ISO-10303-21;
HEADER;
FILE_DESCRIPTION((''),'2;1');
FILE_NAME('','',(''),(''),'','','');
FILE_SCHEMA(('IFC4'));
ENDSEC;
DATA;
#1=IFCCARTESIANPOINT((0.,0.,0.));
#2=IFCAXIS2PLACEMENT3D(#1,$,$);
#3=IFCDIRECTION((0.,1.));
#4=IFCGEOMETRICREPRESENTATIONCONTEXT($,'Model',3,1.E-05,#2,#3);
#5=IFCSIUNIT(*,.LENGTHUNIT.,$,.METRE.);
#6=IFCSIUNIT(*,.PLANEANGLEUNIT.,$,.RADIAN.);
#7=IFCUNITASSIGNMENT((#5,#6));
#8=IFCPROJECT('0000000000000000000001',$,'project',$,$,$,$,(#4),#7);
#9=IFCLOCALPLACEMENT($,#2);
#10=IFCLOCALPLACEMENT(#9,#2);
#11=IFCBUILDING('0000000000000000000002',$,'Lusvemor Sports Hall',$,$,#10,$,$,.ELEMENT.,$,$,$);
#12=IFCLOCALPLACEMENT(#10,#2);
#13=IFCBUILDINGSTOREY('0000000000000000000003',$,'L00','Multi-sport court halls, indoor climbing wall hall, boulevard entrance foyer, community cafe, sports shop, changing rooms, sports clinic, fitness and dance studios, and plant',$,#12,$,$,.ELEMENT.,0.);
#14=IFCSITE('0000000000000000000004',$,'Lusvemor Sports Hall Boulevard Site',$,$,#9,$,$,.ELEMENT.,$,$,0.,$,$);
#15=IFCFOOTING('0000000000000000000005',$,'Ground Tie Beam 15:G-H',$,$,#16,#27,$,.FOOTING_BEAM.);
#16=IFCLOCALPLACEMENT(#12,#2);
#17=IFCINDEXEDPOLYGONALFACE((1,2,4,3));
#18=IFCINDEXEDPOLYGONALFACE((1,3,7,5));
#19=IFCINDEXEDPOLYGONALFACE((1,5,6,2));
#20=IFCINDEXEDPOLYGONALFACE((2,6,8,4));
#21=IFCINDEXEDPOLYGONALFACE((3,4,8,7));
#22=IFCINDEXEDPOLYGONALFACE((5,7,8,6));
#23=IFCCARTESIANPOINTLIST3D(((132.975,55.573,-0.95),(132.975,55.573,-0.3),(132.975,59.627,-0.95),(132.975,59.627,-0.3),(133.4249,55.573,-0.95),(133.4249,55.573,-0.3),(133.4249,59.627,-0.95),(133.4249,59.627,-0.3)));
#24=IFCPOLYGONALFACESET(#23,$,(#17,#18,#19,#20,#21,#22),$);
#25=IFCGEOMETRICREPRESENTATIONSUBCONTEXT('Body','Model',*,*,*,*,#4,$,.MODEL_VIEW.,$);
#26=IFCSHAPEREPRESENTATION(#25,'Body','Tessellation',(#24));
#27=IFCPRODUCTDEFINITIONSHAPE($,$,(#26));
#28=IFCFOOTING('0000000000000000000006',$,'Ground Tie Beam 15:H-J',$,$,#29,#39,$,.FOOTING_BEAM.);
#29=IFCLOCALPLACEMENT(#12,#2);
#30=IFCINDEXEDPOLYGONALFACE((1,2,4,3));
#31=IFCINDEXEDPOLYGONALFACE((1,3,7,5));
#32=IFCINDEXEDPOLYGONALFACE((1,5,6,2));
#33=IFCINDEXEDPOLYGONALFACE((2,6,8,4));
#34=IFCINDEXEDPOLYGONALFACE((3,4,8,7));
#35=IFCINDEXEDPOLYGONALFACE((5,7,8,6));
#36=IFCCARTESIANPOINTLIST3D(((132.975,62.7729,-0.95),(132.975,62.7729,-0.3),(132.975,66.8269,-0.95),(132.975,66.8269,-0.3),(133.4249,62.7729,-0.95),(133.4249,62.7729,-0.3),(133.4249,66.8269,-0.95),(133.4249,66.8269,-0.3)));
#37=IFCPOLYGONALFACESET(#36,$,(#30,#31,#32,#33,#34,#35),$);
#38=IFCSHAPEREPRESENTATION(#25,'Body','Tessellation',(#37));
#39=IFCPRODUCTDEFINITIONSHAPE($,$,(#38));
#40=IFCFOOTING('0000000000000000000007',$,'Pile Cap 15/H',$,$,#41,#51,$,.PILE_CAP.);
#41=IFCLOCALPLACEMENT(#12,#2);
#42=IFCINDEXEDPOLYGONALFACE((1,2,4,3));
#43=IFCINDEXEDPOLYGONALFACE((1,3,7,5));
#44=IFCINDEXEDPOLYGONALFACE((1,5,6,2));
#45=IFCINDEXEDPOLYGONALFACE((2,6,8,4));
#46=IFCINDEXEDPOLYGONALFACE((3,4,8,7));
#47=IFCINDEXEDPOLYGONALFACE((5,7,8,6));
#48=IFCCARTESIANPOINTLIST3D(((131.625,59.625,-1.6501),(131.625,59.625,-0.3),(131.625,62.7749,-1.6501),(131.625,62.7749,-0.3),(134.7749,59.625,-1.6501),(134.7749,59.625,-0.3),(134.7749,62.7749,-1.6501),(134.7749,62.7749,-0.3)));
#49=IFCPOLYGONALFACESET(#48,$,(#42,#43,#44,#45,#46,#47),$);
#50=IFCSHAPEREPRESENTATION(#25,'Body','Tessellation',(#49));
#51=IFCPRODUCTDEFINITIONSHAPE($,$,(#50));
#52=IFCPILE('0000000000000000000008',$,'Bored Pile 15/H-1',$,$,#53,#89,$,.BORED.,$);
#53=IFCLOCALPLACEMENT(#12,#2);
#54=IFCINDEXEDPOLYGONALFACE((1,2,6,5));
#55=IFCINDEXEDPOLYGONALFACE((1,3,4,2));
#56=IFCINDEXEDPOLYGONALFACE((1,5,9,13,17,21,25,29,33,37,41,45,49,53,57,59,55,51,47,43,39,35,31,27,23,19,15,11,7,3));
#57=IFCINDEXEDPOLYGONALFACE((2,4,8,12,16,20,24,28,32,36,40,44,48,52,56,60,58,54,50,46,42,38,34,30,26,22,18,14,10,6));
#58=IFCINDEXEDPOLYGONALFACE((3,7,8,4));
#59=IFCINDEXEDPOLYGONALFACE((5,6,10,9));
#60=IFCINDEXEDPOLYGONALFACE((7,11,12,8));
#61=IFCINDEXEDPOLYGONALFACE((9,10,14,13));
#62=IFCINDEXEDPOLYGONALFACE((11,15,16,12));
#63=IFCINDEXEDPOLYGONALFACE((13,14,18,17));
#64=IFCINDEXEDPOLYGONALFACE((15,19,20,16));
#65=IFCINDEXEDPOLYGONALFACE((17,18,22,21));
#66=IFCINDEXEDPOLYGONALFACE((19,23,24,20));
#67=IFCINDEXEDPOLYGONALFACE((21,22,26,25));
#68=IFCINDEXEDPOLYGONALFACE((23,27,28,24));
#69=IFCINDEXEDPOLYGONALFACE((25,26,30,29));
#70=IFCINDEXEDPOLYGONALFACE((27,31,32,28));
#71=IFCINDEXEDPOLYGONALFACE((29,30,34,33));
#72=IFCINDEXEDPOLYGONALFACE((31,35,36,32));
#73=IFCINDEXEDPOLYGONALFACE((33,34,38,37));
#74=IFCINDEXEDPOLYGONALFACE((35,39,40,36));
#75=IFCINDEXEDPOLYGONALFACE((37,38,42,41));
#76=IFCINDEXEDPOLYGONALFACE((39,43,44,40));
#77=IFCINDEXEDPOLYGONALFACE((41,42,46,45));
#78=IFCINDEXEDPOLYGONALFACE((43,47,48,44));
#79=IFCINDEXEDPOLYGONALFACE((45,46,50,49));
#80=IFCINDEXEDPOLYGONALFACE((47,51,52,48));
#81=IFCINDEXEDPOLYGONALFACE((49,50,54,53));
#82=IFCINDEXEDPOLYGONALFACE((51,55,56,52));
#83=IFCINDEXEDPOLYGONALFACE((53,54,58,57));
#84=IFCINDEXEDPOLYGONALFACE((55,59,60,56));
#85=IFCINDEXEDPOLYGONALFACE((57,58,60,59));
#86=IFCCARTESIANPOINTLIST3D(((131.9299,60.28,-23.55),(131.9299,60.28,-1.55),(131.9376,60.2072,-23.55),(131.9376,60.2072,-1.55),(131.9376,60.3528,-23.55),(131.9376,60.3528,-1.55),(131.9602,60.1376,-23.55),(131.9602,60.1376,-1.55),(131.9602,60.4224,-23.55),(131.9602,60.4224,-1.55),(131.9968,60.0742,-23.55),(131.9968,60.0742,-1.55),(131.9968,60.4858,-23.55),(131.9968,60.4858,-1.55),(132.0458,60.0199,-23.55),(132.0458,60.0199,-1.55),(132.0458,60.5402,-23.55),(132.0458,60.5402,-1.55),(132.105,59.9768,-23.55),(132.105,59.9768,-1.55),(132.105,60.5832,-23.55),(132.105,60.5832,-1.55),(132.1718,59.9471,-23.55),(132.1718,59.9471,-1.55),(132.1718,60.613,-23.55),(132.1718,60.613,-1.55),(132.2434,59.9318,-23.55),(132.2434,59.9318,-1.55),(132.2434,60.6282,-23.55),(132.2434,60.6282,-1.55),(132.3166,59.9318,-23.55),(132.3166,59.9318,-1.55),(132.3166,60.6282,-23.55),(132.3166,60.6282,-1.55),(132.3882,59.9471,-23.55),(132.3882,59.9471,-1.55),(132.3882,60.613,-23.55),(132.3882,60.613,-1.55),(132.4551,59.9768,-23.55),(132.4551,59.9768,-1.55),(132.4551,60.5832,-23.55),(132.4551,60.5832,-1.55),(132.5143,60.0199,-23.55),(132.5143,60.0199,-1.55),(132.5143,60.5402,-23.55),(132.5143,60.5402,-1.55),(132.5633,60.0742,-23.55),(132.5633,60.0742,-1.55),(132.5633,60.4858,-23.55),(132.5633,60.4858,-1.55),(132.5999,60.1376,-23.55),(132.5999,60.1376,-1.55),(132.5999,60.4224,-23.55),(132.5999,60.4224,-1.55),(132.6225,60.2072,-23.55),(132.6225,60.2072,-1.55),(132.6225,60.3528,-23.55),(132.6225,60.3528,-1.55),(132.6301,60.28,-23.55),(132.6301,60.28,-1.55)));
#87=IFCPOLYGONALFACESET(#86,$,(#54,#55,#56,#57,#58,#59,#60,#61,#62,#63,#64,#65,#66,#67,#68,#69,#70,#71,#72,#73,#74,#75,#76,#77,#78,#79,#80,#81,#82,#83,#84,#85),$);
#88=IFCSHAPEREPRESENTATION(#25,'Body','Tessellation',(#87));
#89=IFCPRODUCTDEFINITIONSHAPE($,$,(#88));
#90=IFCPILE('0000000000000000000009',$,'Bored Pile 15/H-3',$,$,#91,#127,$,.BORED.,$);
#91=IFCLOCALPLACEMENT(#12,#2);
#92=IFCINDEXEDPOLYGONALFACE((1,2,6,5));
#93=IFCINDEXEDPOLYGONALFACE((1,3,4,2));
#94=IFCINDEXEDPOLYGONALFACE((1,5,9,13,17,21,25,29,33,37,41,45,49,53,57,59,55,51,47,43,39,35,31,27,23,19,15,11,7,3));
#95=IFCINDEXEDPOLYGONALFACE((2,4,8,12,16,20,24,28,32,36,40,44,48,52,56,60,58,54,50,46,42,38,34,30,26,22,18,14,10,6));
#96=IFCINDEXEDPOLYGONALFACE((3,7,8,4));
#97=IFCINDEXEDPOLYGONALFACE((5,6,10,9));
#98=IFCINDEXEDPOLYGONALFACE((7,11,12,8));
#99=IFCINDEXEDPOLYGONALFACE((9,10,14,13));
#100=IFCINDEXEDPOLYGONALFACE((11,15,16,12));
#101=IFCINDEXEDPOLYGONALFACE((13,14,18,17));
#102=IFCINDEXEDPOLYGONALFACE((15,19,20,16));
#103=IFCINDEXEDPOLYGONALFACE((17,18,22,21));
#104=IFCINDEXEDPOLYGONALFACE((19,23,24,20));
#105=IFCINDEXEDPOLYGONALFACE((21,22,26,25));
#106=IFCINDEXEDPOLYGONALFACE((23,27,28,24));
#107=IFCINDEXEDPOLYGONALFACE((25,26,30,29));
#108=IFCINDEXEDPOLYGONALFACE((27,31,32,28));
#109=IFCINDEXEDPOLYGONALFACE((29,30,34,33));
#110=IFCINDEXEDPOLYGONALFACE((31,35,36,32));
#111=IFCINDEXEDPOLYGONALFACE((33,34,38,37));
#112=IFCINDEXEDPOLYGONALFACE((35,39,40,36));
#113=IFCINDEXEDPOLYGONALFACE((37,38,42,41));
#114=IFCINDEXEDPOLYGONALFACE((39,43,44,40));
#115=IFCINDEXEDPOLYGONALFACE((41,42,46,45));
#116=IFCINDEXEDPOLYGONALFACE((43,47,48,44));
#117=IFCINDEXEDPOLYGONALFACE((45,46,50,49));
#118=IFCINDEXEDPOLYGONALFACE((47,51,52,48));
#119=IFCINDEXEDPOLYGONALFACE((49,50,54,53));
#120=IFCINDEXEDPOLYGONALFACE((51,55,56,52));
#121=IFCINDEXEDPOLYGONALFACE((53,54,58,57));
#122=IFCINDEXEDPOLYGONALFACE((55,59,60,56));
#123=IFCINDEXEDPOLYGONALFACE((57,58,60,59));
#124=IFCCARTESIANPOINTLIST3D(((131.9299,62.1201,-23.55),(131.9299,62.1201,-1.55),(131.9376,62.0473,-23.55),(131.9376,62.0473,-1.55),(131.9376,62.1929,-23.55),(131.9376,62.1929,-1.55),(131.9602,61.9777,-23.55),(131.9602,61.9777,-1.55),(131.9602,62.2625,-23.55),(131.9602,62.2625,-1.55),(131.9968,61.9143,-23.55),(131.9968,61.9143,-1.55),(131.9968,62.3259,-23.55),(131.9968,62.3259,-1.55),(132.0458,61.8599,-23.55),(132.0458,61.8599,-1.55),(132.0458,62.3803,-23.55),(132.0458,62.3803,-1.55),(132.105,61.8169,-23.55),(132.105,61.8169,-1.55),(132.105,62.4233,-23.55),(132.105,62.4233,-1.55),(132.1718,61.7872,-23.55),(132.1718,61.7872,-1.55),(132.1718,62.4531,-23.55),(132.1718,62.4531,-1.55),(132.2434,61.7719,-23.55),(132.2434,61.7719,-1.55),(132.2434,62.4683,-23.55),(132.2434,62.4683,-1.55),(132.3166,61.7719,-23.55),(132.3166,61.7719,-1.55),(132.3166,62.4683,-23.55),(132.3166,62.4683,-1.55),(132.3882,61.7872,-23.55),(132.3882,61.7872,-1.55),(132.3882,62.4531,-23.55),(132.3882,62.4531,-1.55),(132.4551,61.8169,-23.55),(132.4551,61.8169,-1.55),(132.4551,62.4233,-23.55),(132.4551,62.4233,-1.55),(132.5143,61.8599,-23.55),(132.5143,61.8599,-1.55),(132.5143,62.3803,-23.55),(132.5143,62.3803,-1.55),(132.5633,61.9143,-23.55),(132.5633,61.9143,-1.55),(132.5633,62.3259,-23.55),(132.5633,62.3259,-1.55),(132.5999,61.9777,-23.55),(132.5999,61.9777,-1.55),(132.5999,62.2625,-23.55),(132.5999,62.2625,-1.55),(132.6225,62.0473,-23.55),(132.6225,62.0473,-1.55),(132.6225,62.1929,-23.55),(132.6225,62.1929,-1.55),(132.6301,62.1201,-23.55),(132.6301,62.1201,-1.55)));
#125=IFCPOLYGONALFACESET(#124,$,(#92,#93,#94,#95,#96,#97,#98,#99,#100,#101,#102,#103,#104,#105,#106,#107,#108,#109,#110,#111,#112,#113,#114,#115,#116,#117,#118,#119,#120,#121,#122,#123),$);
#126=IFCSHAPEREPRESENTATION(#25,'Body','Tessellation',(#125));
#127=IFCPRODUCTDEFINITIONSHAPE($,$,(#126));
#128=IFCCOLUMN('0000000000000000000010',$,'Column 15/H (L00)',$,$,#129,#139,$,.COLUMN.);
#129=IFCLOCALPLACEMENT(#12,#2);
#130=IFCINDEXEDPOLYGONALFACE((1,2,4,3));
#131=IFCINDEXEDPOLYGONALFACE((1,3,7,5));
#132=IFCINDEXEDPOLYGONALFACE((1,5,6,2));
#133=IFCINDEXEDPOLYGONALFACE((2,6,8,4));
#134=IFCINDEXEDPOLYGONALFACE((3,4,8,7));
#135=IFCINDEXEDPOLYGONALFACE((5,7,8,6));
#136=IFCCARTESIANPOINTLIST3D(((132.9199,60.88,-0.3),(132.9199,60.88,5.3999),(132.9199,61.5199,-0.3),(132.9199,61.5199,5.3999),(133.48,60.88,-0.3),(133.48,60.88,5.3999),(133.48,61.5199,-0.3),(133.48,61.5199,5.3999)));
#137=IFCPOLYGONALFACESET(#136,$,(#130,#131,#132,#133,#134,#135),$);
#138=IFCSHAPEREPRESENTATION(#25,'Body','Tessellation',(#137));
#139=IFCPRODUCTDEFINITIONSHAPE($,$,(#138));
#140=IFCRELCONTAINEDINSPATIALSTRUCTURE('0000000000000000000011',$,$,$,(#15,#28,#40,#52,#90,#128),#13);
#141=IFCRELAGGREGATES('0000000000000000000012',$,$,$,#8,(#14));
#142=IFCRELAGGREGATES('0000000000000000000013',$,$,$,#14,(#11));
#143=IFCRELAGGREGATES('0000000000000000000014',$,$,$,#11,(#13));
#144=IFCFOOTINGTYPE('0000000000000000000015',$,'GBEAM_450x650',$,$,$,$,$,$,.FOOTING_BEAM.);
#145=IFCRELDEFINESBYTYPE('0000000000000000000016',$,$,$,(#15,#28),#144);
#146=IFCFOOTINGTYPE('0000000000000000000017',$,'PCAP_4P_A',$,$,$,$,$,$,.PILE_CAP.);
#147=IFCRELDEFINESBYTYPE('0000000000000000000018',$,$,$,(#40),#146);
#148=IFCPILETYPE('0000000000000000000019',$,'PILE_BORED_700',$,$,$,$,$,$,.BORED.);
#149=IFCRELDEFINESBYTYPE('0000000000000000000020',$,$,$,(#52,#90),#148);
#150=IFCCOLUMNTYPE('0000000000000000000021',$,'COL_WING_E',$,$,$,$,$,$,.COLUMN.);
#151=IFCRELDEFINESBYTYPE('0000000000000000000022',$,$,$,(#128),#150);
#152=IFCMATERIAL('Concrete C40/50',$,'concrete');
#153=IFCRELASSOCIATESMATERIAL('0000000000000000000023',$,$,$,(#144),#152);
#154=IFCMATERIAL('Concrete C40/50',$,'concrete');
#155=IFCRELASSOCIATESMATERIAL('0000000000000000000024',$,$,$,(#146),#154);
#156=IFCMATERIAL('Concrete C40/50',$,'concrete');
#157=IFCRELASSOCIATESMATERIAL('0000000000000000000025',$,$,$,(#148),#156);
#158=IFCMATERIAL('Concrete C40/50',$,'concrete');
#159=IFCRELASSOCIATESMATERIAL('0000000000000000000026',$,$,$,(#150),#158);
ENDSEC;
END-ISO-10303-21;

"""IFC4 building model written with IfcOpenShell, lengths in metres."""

from ifc_helpers import new_model, si_unit, direction, frame, origin, origin_2d, place, context, subcontext, project, spatial, rectangle, circle, extrude, material, material_profile, profile_set, type_object, element, save


model = new_model("IFC4")

# Units and contexts
model_context = context("Model", 3, precision=1e-05, world=origin(), true_north=direction((0.0, 1.0)))
body_context = subcontext(model_context, "Body", "Model", "MODEL_VIEW")
ifc_project = project(units=[si_unit("LENGTHUNIT", "METRE"), si_unit("PLANEANGLEUNIT", "RADIAN")], contexts=[model_context])

# Site, building, storey
site_placement = place(None, origin())
site = spatial("IfcSite", under=ifc_project, at=site_placement, Name="Lusvemor Sports Hall Boulevard Site", CompositionType="ELEMENT", RefElevation=0.0)
building_placement = place(site_placement, origin())
building = spatial("IfcBuilding", under=site, at=building_placement, Name="Lusvemor Sports Hall", CompositionType="ELEMENT")
storey_placement = place(building_placement, origin())
storey = spatial("IfcBuildingStorey", under=building, at=storey_placement, Name="L00", Description="Multi-sport court halls, indoor climbing wall hall, boulevard entrance foyer, community cafe, sports shop, changing rooms, sports clinic, fitness and dance studios, and plant", CompositionType="ELEMENT", Elevation=0.0)

# Footings
ifc_material_1 = material(Name="Concrete C40/50", Category="concrete")
ifc_material_profile_1 = material_profile(ifc_material_1, rectangle(XDim=0.45, YDim=0.6499, at=origin_2d()), Name="GB_450x650")
ifc_profile_set_1 = profile_set([ifc_material_profile_1], Name="Concrete C40/50")
footing_type_1 = type_object("IfcFootingType", Name="GBEAM_450x650", PredefinedType="FOOTING_BEAM", material=ifc_profile_set_1)
for number, where, z_axis, x_axis, name in (
    (1, (133.2, 55.573, -0.625), (0.0, 1.0, 0.0), (-1.0, 0.0, 0.0), "Ground Tie Beam 15:G-H"),
    (2, (133.2, 62.7729, -0.625), (0.0, 1.0, 0.0), (-1.0, 0.0, 0.0), "Ground Tie Beam 15:H-J"),
):
    element("IfcFooting", number, at=place(storey_placement, frame(where, z_axis=z_axis, x_axis=x_axis)), inside=storey, type_object=footing_type_1, Name=name, PredefinedType="FOOTING_BEAM", context=body_context, shape_type="SweptSolid", body=[
        extrude(rectangle(XDim=0.45, YDim=0.6499, at=origin_2d()), origin(), (0.0, 0.0, 1.0), 4.054),
    ])
ifc_material_2 = material(Name="Concrete C40/50", Category="concrete")
footing_type_2 = type_object("IfcFootingType", Name="PCAP_4P_A", PredefinedType="PILE_CAP", material=ifc_material_2)
footing_placement = place(storey_placement, frame((133.2, 61.2, -1.6501), z_axis=(0.0, 0.0, 1.0), x_axis=(1.0, 0.0, 0.0)))
element("IfcFooting", 3, at=footing_placement, inside=storey, type_object=footing_type_2, Name="Pile Cap 15/H", PredefinedType="PILE_CAP", context=body_context, shape_type="SweptSolid", body=[
    extrude(rectangle(XDim=3.1499, YDim=3.1499, at=origin_2d()), origin(), (0.0, 0.0, 1.0), 1.3501),
])

# Piles
ifc_material_3 = material(Name="Concrete C40/50", Category="concrete")
ifc_material_profile_2 = material_profile(ifc_material_3, circle(Radius=0.3501, at=origin_2d()), Name="PILE700")
ifc_profile_set_2 = profile_set([ifc_material_profile_2], Name="Concrete C40/50")
pile_type = type_object("IfcPileType", Name="PILE_BORED_700", PredefinedType="BORED", material=ifc_profile_set_2)
for number, where, z_axis, x_axis, name in (
    (4, (132.28, 60.28, -1.55), (0.0, 0.0, -1.0), (1.0, 0.0, 0.0), "Bored Pile 15/H-1"),
    (5, (132.28, 62.1201, -1.55), (0.0, 0.0, -1.0), (1.0, 0.0, 0.0), "Bored Pile 15/H-3"),
):
    element("IfcPile", number, at=place(storey_placement, frame(where, z_axis=z_axis, x_axis=x_axis)), inside=storey, type_object=pile_type, Name=name, PredefinedType="BORED", context=body_context, shape_type="SweptSolid", body=[
        extrude(circle(Radius=0.3501, at=origin_2d()), origin(), (0.0, 0.0, 1.0), 22.0),
    ])

# Column
ifc_material_4 = material(Name="Concrete C40/50", Category="concrete")
ifc_material_profile_3 = material_profile(ifc_material_4, rectangle(XDim=0.5601, YDim=0.6399, at=origin_2d()), Name="RC560x640")
ifc_profile_set_3 = profile_set([ifc_material_profile_3], Name="Concrete C40/50")
column_type = type_object("IfcColumnType", Name="COL_WING_E", PredefinedType="COLUMN", material=ifc_profile_set_3)
column_placement = place(storey_placement, frame((133.2, 61.2, -0.3), z_axis=(0.0, 0.0, 1.0), x_axis=(1.0, 0.0, 0.0)))
element("IfcColumn", 6, at=column_placement, inside=storey, type_object=column_type, Name="Column 15/H (L00)", PredefinedType="COLUMN", context=body_context, shape_type="SweptSolid", body=[
    extrude(rectangle(XDim=0.5601, YDim=0.6399, at=origin_2d()), origin(), (0.0, 0.0, 1.0), 5.7),
])

save(model, "model.ifc")
